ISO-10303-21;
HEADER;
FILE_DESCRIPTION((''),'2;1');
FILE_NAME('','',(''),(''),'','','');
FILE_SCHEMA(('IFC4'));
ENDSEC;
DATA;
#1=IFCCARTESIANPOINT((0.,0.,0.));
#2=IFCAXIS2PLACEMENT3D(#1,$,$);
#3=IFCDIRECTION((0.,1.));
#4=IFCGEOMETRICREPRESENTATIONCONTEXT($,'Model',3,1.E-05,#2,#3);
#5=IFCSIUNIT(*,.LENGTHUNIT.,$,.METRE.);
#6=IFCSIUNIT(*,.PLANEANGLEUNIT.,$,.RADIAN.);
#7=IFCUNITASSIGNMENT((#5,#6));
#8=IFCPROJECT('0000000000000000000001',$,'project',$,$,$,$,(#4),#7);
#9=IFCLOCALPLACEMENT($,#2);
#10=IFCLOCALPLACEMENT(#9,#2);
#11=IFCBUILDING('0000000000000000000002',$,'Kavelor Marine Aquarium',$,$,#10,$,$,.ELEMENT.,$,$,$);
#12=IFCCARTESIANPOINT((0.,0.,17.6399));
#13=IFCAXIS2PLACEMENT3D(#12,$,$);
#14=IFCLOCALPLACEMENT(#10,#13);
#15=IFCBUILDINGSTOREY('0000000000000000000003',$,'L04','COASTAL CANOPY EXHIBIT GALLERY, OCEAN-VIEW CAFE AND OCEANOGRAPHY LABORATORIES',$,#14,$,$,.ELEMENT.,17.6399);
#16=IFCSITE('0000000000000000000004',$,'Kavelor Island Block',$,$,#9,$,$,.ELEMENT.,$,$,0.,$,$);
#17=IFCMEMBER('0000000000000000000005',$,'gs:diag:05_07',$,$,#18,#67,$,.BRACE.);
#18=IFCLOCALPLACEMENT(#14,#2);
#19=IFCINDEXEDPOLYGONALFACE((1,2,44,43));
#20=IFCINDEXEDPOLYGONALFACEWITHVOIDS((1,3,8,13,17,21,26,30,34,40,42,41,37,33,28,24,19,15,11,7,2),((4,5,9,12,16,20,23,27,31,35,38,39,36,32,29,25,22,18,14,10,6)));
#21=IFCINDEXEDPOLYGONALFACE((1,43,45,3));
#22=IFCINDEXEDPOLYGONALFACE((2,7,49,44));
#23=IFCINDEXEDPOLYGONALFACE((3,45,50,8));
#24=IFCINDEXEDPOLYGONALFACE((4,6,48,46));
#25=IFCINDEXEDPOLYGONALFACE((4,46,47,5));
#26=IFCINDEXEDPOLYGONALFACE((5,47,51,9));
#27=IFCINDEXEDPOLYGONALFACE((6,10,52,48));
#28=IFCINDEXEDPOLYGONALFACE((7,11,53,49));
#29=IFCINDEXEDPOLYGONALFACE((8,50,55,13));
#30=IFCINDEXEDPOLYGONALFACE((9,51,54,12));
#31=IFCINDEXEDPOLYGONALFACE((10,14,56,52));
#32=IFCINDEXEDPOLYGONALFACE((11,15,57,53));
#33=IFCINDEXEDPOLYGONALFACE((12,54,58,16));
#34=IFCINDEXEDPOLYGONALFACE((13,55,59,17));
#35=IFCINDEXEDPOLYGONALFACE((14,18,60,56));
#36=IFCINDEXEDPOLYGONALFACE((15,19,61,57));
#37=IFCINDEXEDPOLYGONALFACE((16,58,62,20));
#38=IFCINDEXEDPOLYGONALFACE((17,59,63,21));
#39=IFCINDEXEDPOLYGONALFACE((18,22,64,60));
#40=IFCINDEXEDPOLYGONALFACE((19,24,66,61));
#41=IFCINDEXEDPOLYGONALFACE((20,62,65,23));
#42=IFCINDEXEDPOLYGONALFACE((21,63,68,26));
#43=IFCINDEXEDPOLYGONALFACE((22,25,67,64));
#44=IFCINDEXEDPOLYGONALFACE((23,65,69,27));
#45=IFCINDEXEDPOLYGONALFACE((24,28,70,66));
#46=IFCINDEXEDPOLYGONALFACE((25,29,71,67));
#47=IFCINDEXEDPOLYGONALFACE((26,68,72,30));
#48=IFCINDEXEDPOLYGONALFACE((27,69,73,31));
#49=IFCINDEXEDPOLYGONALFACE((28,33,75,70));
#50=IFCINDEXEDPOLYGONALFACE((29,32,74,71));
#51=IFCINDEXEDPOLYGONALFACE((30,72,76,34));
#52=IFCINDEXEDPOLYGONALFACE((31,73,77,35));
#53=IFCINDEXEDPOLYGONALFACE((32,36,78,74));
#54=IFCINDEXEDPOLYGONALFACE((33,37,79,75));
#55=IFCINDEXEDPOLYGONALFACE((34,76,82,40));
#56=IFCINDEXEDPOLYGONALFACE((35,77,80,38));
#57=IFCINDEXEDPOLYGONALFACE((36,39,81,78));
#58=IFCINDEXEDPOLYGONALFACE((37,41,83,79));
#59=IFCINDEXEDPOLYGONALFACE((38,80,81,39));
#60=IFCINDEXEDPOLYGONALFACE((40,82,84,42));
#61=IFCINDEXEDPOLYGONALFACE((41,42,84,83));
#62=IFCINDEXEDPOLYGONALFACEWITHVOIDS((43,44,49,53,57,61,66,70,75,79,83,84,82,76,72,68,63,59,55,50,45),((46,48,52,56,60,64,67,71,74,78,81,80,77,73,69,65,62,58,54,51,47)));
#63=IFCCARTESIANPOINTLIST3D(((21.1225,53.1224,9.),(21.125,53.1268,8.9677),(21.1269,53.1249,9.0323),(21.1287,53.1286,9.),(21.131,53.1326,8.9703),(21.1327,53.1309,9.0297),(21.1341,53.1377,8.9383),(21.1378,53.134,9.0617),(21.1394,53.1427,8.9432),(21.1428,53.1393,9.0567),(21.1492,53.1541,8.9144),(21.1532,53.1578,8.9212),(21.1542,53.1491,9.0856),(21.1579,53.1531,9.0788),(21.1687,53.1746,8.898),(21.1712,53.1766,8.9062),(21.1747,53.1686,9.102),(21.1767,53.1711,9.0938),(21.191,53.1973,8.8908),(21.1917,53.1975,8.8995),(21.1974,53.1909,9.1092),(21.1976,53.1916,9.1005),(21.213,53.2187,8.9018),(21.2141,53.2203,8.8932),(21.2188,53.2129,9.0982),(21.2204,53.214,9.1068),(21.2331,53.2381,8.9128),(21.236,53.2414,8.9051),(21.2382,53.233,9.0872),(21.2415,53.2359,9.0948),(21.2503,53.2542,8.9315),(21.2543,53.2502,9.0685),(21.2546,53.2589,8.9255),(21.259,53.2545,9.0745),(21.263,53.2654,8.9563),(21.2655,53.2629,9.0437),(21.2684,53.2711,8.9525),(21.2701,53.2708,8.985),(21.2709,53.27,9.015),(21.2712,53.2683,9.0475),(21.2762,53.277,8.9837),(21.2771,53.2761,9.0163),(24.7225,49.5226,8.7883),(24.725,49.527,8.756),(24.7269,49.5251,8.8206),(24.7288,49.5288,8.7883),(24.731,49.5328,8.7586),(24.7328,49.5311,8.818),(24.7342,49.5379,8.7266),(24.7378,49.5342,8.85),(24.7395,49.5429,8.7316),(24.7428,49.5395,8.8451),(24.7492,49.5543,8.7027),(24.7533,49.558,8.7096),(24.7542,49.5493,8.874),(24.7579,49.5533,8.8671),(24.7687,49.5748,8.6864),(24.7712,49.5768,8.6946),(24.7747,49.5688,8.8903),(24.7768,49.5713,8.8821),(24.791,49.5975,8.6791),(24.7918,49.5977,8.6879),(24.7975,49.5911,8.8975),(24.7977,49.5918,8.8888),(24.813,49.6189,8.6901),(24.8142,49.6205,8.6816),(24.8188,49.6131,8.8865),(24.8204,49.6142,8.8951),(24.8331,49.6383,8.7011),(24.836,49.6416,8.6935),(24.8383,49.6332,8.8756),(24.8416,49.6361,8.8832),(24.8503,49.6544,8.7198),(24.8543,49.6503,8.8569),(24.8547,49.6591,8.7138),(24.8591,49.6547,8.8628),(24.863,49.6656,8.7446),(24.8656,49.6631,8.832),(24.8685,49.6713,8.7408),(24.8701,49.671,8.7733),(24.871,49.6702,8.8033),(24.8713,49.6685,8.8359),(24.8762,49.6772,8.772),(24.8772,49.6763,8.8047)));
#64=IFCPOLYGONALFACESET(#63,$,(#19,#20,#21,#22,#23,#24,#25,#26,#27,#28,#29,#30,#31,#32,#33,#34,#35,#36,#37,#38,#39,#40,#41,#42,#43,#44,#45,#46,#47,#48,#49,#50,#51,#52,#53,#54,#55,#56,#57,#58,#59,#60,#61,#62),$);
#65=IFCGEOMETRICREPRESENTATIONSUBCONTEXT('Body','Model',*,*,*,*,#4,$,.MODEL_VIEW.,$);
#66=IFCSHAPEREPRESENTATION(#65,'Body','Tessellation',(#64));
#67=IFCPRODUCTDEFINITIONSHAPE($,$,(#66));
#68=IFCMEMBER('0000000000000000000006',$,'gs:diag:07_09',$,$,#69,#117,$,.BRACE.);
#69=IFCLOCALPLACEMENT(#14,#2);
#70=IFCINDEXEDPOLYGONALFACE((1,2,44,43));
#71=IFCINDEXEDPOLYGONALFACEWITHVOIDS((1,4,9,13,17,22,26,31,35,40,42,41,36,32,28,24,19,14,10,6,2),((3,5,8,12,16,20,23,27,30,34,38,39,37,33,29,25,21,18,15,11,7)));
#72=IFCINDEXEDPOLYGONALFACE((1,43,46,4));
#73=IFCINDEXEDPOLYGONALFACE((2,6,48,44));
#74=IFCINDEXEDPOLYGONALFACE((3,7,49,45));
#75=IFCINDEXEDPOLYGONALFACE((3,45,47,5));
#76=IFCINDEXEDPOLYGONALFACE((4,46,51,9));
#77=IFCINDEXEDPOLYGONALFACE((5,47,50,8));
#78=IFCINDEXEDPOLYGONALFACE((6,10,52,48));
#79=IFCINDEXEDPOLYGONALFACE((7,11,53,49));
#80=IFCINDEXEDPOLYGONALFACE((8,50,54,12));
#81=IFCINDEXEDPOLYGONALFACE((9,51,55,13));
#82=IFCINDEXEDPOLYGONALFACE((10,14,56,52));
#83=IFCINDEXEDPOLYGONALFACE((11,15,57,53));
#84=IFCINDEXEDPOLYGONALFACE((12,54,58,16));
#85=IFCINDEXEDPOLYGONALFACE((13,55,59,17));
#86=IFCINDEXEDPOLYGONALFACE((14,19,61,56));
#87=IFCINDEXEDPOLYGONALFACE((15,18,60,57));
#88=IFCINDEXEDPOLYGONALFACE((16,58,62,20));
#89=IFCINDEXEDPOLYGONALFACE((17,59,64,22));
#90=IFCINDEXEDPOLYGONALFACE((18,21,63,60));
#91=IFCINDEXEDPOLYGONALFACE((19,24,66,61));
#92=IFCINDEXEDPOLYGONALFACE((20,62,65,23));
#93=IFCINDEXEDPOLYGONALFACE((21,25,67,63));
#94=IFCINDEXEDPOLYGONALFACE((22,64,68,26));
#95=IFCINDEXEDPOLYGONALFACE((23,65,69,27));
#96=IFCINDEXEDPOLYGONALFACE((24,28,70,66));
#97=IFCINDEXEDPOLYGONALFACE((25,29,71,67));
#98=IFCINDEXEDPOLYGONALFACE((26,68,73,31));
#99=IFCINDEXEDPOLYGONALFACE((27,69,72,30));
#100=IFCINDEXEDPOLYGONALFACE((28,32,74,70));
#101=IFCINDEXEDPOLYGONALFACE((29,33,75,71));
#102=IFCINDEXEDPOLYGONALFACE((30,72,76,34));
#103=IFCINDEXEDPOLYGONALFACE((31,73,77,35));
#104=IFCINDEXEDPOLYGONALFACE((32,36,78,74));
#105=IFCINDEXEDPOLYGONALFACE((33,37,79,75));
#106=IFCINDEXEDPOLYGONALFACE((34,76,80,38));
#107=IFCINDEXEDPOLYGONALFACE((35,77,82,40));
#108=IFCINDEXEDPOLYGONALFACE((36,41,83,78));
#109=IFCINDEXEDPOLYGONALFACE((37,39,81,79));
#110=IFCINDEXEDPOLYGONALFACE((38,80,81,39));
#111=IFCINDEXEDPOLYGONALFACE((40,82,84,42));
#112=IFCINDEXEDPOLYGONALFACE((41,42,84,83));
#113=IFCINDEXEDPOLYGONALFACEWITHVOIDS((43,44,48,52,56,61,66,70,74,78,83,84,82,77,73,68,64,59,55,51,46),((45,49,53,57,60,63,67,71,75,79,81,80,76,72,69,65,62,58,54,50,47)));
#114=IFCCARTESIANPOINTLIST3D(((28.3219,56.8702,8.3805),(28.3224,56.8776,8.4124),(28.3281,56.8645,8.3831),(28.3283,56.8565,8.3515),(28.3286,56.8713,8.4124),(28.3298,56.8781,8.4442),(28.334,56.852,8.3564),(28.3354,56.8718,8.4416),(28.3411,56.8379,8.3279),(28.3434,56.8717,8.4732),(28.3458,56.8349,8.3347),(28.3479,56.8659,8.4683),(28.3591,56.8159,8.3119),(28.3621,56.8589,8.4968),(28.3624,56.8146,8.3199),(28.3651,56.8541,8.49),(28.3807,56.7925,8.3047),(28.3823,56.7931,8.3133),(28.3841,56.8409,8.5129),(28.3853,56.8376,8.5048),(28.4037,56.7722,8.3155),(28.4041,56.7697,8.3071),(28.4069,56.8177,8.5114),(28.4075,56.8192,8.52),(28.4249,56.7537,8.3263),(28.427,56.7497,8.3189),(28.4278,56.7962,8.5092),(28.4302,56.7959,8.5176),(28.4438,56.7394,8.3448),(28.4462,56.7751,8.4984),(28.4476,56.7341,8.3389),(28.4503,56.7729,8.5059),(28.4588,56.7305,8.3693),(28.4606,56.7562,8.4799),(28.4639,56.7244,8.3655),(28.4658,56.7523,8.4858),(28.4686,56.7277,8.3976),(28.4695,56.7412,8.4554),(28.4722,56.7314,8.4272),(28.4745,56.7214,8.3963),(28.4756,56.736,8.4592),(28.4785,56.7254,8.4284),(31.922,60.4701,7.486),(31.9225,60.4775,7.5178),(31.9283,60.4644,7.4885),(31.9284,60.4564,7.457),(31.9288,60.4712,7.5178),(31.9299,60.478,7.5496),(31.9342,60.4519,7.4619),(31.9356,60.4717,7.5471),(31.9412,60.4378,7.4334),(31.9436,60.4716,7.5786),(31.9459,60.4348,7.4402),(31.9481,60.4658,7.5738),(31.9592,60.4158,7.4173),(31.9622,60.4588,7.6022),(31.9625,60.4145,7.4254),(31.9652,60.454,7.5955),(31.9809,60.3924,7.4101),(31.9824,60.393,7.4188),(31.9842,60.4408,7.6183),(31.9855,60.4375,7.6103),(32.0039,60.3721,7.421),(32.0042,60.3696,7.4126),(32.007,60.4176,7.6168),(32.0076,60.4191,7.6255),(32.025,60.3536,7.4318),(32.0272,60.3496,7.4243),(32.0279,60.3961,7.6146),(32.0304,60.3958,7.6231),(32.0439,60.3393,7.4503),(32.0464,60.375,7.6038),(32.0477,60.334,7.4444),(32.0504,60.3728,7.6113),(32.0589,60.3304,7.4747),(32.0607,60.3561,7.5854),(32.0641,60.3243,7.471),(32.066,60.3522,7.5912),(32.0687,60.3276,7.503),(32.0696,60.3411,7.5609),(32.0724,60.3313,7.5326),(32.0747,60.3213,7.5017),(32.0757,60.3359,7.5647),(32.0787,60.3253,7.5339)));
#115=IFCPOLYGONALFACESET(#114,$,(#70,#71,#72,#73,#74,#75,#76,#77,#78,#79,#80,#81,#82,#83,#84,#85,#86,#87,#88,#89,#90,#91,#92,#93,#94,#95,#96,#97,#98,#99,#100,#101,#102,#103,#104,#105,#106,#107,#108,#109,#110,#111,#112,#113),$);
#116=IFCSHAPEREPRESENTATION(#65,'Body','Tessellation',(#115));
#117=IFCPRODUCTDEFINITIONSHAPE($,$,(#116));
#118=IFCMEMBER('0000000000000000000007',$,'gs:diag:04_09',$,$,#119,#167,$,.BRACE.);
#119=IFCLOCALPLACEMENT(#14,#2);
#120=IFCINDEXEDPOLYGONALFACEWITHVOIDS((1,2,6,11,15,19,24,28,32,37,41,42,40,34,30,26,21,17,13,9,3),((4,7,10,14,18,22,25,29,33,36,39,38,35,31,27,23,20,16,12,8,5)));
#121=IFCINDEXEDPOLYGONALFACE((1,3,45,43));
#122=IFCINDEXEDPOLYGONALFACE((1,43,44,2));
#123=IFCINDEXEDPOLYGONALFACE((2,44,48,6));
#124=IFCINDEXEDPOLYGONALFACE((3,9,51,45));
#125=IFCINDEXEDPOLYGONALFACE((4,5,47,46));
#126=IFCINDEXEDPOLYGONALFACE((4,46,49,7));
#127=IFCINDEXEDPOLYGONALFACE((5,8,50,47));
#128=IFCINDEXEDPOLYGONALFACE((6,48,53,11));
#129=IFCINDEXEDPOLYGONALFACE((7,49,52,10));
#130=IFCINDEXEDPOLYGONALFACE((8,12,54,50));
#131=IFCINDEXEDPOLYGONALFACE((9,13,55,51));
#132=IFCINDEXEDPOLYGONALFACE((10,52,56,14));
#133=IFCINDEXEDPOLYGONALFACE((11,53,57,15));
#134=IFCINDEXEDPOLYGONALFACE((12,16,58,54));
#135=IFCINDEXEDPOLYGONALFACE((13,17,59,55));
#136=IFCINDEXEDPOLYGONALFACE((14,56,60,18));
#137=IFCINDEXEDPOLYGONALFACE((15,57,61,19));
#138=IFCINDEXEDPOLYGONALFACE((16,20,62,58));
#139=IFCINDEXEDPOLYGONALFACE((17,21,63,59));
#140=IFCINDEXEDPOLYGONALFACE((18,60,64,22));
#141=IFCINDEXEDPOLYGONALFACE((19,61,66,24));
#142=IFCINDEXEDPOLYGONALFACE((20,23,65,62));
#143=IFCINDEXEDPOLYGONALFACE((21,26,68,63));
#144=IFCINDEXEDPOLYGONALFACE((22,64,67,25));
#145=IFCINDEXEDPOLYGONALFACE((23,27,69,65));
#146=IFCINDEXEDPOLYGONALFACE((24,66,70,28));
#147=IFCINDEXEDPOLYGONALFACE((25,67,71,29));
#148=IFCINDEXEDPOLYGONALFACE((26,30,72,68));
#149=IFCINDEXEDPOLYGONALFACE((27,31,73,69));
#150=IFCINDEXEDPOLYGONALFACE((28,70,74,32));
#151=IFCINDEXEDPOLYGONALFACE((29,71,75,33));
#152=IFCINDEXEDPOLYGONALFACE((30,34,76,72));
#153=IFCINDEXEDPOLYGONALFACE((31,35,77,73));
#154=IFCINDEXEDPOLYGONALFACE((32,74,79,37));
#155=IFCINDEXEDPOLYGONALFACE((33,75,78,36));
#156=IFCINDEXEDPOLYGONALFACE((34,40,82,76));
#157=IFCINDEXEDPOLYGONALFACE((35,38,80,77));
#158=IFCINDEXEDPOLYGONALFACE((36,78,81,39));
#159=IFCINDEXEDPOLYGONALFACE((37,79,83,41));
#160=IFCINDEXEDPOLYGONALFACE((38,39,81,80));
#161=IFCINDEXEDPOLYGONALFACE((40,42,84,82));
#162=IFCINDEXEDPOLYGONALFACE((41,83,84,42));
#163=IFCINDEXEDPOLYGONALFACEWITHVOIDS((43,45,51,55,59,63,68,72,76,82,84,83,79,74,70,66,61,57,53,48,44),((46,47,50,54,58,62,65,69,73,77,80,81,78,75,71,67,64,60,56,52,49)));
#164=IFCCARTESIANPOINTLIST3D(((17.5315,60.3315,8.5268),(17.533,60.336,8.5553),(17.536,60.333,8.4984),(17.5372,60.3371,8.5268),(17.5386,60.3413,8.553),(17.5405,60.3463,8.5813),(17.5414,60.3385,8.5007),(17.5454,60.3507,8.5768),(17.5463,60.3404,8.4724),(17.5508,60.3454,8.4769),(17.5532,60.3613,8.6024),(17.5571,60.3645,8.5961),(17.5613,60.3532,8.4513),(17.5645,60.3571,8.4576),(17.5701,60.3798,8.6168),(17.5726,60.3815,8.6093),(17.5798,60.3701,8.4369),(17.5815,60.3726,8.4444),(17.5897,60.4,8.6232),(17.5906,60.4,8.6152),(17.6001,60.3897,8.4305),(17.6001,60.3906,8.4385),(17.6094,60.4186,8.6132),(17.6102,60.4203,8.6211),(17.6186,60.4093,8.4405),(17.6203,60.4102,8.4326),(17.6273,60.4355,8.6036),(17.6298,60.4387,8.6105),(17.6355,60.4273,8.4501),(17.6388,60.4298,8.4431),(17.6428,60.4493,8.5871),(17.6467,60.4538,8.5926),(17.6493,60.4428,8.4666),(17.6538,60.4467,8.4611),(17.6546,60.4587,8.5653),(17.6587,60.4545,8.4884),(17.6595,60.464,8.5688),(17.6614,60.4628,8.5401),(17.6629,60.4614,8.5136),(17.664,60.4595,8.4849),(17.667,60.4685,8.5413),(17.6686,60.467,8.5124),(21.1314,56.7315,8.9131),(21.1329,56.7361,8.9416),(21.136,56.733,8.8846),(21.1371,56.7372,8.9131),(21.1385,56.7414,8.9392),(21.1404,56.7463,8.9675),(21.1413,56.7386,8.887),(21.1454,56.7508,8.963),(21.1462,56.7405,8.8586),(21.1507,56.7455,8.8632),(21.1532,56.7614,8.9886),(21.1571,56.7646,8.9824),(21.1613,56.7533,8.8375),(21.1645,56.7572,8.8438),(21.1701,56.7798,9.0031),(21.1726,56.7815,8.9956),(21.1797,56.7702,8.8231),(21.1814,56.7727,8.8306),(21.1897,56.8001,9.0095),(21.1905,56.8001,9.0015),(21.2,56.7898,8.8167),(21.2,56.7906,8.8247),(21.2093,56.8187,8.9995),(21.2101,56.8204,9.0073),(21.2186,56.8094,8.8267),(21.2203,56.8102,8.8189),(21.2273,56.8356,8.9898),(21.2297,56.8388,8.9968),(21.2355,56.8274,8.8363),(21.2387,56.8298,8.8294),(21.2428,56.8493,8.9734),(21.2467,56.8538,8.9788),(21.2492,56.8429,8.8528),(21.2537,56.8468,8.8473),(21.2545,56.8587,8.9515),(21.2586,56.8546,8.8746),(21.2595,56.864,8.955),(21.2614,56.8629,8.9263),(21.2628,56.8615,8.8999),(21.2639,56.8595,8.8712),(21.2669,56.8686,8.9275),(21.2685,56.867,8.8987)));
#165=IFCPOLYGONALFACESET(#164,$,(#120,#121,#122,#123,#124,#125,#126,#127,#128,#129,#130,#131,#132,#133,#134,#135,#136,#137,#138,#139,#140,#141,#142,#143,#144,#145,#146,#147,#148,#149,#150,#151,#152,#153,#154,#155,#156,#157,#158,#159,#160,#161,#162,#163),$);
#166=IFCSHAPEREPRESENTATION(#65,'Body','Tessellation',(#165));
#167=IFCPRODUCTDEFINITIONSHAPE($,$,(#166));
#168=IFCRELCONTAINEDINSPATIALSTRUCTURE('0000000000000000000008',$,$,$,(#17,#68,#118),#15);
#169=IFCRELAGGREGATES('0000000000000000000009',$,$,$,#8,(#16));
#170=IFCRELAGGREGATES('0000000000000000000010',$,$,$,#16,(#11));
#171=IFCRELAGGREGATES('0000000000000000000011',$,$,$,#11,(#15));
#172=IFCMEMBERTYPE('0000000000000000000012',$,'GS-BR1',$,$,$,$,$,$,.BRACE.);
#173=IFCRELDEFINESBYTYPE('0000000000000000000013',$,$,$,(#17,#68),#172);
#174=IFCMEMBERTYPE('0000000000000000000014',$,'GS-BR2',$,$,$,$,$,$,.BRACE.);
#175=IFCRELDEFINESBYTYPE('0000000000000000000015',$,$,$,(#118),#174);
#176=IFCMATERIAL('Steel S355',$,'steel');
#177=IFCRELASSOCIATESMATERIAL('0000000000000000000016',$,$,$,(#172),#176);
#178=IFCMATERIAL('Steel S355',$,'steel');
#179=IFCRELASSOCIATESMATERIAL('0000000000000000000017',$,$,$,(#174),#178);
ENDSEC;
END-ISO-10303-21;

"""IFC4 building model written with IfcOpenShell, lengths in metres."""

from ifc_helpers import new_model, si_unit, direction, frame, origin, origin_2d, place, context, subcontext, project, spatial, hollow_circle, extrude, material, material_profile, profile_set, type_object, element, save


model = new_model("IFC4")

# Units and contexts
model_context = context("Model", 3, precision=1e-05, world=origin(), true_north=direction((0.0, 1.0)))
body_context = subcontext(model_context, "Body", "Model", "MODEL_VIEW")
ifc_project = project(units=[si_unit("LENGTHUNIT", "METRE"), si_unit("PLANEANGLEUNIT", "RADIAN")], contexts=[model_context])

# Site, building, storey
site_placement = place(None, origin())
site = spatial("IfcSite", under=ifc_project, at=site_placement, Name="Kavelor Island Block", CompositionType="ELEMENT", RefElevation=0.0)
building_placement = place(site_placement, origin())
building = spatial("IfcBuilding", under=site, at=building_placement, Name="Kavelor Marine Aquarium", CompositionType="ELEMENT")
storey_placement = place(building_placement, frame((0.0, 0.0, 17.6399)))
storey = spatial("IfcBuildingStorey", under=building, at=storey_placement, Name="L04", Description="COASTAL CANOPY EXHIBIT GALLERY, OCEAN-VIEW CAFE AND OCEANOGRAPHY LABORATORIES", CompositionType="ELEMENT", Elevation=17.6399)

# Members
ifc_material_1 = material(Name="Steel S355", Category="steel")
ifc_material_profile_1 = material_profile(ifc_material_1, hollow_circle(Radius=0.1096, WallThickness=0.0088, at=origin_2d()), Name="CHS 219.1x8.8")
ifc_profile_set_1 = profile_set([ifc_material_profile_1], Name="Steel S355")
member_type_1 = type_object("IfcMemberType", Name="GS-BR1", PredefinedType="BRACE", material=ifc_profile_set_1)
member_1_placement = place(storey_placement, frame((24.8, 49.6001, 8.7883), z_axis=(-0.70652, 0.706472, 0.04154), x_axis=(-0.707083, -0.707131, 0.0)))
element("IfcMember", 1, at=member_1_placement, inside=storey, type_object=member_type_1, Name="gs:diag:05_07", PredefinedType="BRACE", context=body_context, shape_type="SweptSolid", body=[
    extrude(hollow_circle(Radius=0.1096, WallThickness=0.0088, at=origin_2d()), origin(), (0.0, 0.0, 1.0), 5.0955),
])
member_2_placement = place(storey_placement, frame((28.3999, 56.8, 8.4124), z_axis=(0.696462, 0.696415, -0.173053), x_axis=(-0.707083, 0.707131, 0.0)))
element("IfcMember", 2, at=member_2_placement, inside=storey, type_object=member_type_1, Name="gs:diag:07_09", PredefinedType="BRACE", context=body_context, shape_type="SweptSolid", body=[
    extrude(hollow_circle(Radius=0.1096, WallThickness=0.0088, at=origin_2d()), origin(), (0.0, 0.0, 1.0), 5.1692),
])
ifc_material_2 = material(Name="Steel S355", Category="steel")
ifc_material_profile_2 = material_profile(ifc_material_2, hollow_circle(Radius=0.0969, WallThickness=0.0081, at=origin_2d()), Name="CHS 193.7x8.0")
ifc_profile_set_2 = profile_set([ifc_material_profile_2], Name="Steel S355")
member_type_2 = type_object("IfcMemberType", Name="GS-BR2", PredefinedType="BRACE", material=ifc_profile_set_2)
member_3_placement = place(storey_placement, frame((21.2, 56.8, 8.9131), z_axis=(-0.705081, 0.705081, -0.075649), x_axis=(-0.707107, -0.707107, 0.0)))
element("IfcMember", 3, at=member_3_placement, inside=storey, type_object=member_type_2, Name="gs:diag:04_09", PredefinedType="BRACE", context=body_context, shape_type="SweptSolid", body=[
    extrude(hollow_circle(Radius=0.0969, WallThickness=0.0081, at=origin_2d()), origin(), (0.0, 0.0, 1.0), 5.1057),
])

save(model, "model.ifc")
